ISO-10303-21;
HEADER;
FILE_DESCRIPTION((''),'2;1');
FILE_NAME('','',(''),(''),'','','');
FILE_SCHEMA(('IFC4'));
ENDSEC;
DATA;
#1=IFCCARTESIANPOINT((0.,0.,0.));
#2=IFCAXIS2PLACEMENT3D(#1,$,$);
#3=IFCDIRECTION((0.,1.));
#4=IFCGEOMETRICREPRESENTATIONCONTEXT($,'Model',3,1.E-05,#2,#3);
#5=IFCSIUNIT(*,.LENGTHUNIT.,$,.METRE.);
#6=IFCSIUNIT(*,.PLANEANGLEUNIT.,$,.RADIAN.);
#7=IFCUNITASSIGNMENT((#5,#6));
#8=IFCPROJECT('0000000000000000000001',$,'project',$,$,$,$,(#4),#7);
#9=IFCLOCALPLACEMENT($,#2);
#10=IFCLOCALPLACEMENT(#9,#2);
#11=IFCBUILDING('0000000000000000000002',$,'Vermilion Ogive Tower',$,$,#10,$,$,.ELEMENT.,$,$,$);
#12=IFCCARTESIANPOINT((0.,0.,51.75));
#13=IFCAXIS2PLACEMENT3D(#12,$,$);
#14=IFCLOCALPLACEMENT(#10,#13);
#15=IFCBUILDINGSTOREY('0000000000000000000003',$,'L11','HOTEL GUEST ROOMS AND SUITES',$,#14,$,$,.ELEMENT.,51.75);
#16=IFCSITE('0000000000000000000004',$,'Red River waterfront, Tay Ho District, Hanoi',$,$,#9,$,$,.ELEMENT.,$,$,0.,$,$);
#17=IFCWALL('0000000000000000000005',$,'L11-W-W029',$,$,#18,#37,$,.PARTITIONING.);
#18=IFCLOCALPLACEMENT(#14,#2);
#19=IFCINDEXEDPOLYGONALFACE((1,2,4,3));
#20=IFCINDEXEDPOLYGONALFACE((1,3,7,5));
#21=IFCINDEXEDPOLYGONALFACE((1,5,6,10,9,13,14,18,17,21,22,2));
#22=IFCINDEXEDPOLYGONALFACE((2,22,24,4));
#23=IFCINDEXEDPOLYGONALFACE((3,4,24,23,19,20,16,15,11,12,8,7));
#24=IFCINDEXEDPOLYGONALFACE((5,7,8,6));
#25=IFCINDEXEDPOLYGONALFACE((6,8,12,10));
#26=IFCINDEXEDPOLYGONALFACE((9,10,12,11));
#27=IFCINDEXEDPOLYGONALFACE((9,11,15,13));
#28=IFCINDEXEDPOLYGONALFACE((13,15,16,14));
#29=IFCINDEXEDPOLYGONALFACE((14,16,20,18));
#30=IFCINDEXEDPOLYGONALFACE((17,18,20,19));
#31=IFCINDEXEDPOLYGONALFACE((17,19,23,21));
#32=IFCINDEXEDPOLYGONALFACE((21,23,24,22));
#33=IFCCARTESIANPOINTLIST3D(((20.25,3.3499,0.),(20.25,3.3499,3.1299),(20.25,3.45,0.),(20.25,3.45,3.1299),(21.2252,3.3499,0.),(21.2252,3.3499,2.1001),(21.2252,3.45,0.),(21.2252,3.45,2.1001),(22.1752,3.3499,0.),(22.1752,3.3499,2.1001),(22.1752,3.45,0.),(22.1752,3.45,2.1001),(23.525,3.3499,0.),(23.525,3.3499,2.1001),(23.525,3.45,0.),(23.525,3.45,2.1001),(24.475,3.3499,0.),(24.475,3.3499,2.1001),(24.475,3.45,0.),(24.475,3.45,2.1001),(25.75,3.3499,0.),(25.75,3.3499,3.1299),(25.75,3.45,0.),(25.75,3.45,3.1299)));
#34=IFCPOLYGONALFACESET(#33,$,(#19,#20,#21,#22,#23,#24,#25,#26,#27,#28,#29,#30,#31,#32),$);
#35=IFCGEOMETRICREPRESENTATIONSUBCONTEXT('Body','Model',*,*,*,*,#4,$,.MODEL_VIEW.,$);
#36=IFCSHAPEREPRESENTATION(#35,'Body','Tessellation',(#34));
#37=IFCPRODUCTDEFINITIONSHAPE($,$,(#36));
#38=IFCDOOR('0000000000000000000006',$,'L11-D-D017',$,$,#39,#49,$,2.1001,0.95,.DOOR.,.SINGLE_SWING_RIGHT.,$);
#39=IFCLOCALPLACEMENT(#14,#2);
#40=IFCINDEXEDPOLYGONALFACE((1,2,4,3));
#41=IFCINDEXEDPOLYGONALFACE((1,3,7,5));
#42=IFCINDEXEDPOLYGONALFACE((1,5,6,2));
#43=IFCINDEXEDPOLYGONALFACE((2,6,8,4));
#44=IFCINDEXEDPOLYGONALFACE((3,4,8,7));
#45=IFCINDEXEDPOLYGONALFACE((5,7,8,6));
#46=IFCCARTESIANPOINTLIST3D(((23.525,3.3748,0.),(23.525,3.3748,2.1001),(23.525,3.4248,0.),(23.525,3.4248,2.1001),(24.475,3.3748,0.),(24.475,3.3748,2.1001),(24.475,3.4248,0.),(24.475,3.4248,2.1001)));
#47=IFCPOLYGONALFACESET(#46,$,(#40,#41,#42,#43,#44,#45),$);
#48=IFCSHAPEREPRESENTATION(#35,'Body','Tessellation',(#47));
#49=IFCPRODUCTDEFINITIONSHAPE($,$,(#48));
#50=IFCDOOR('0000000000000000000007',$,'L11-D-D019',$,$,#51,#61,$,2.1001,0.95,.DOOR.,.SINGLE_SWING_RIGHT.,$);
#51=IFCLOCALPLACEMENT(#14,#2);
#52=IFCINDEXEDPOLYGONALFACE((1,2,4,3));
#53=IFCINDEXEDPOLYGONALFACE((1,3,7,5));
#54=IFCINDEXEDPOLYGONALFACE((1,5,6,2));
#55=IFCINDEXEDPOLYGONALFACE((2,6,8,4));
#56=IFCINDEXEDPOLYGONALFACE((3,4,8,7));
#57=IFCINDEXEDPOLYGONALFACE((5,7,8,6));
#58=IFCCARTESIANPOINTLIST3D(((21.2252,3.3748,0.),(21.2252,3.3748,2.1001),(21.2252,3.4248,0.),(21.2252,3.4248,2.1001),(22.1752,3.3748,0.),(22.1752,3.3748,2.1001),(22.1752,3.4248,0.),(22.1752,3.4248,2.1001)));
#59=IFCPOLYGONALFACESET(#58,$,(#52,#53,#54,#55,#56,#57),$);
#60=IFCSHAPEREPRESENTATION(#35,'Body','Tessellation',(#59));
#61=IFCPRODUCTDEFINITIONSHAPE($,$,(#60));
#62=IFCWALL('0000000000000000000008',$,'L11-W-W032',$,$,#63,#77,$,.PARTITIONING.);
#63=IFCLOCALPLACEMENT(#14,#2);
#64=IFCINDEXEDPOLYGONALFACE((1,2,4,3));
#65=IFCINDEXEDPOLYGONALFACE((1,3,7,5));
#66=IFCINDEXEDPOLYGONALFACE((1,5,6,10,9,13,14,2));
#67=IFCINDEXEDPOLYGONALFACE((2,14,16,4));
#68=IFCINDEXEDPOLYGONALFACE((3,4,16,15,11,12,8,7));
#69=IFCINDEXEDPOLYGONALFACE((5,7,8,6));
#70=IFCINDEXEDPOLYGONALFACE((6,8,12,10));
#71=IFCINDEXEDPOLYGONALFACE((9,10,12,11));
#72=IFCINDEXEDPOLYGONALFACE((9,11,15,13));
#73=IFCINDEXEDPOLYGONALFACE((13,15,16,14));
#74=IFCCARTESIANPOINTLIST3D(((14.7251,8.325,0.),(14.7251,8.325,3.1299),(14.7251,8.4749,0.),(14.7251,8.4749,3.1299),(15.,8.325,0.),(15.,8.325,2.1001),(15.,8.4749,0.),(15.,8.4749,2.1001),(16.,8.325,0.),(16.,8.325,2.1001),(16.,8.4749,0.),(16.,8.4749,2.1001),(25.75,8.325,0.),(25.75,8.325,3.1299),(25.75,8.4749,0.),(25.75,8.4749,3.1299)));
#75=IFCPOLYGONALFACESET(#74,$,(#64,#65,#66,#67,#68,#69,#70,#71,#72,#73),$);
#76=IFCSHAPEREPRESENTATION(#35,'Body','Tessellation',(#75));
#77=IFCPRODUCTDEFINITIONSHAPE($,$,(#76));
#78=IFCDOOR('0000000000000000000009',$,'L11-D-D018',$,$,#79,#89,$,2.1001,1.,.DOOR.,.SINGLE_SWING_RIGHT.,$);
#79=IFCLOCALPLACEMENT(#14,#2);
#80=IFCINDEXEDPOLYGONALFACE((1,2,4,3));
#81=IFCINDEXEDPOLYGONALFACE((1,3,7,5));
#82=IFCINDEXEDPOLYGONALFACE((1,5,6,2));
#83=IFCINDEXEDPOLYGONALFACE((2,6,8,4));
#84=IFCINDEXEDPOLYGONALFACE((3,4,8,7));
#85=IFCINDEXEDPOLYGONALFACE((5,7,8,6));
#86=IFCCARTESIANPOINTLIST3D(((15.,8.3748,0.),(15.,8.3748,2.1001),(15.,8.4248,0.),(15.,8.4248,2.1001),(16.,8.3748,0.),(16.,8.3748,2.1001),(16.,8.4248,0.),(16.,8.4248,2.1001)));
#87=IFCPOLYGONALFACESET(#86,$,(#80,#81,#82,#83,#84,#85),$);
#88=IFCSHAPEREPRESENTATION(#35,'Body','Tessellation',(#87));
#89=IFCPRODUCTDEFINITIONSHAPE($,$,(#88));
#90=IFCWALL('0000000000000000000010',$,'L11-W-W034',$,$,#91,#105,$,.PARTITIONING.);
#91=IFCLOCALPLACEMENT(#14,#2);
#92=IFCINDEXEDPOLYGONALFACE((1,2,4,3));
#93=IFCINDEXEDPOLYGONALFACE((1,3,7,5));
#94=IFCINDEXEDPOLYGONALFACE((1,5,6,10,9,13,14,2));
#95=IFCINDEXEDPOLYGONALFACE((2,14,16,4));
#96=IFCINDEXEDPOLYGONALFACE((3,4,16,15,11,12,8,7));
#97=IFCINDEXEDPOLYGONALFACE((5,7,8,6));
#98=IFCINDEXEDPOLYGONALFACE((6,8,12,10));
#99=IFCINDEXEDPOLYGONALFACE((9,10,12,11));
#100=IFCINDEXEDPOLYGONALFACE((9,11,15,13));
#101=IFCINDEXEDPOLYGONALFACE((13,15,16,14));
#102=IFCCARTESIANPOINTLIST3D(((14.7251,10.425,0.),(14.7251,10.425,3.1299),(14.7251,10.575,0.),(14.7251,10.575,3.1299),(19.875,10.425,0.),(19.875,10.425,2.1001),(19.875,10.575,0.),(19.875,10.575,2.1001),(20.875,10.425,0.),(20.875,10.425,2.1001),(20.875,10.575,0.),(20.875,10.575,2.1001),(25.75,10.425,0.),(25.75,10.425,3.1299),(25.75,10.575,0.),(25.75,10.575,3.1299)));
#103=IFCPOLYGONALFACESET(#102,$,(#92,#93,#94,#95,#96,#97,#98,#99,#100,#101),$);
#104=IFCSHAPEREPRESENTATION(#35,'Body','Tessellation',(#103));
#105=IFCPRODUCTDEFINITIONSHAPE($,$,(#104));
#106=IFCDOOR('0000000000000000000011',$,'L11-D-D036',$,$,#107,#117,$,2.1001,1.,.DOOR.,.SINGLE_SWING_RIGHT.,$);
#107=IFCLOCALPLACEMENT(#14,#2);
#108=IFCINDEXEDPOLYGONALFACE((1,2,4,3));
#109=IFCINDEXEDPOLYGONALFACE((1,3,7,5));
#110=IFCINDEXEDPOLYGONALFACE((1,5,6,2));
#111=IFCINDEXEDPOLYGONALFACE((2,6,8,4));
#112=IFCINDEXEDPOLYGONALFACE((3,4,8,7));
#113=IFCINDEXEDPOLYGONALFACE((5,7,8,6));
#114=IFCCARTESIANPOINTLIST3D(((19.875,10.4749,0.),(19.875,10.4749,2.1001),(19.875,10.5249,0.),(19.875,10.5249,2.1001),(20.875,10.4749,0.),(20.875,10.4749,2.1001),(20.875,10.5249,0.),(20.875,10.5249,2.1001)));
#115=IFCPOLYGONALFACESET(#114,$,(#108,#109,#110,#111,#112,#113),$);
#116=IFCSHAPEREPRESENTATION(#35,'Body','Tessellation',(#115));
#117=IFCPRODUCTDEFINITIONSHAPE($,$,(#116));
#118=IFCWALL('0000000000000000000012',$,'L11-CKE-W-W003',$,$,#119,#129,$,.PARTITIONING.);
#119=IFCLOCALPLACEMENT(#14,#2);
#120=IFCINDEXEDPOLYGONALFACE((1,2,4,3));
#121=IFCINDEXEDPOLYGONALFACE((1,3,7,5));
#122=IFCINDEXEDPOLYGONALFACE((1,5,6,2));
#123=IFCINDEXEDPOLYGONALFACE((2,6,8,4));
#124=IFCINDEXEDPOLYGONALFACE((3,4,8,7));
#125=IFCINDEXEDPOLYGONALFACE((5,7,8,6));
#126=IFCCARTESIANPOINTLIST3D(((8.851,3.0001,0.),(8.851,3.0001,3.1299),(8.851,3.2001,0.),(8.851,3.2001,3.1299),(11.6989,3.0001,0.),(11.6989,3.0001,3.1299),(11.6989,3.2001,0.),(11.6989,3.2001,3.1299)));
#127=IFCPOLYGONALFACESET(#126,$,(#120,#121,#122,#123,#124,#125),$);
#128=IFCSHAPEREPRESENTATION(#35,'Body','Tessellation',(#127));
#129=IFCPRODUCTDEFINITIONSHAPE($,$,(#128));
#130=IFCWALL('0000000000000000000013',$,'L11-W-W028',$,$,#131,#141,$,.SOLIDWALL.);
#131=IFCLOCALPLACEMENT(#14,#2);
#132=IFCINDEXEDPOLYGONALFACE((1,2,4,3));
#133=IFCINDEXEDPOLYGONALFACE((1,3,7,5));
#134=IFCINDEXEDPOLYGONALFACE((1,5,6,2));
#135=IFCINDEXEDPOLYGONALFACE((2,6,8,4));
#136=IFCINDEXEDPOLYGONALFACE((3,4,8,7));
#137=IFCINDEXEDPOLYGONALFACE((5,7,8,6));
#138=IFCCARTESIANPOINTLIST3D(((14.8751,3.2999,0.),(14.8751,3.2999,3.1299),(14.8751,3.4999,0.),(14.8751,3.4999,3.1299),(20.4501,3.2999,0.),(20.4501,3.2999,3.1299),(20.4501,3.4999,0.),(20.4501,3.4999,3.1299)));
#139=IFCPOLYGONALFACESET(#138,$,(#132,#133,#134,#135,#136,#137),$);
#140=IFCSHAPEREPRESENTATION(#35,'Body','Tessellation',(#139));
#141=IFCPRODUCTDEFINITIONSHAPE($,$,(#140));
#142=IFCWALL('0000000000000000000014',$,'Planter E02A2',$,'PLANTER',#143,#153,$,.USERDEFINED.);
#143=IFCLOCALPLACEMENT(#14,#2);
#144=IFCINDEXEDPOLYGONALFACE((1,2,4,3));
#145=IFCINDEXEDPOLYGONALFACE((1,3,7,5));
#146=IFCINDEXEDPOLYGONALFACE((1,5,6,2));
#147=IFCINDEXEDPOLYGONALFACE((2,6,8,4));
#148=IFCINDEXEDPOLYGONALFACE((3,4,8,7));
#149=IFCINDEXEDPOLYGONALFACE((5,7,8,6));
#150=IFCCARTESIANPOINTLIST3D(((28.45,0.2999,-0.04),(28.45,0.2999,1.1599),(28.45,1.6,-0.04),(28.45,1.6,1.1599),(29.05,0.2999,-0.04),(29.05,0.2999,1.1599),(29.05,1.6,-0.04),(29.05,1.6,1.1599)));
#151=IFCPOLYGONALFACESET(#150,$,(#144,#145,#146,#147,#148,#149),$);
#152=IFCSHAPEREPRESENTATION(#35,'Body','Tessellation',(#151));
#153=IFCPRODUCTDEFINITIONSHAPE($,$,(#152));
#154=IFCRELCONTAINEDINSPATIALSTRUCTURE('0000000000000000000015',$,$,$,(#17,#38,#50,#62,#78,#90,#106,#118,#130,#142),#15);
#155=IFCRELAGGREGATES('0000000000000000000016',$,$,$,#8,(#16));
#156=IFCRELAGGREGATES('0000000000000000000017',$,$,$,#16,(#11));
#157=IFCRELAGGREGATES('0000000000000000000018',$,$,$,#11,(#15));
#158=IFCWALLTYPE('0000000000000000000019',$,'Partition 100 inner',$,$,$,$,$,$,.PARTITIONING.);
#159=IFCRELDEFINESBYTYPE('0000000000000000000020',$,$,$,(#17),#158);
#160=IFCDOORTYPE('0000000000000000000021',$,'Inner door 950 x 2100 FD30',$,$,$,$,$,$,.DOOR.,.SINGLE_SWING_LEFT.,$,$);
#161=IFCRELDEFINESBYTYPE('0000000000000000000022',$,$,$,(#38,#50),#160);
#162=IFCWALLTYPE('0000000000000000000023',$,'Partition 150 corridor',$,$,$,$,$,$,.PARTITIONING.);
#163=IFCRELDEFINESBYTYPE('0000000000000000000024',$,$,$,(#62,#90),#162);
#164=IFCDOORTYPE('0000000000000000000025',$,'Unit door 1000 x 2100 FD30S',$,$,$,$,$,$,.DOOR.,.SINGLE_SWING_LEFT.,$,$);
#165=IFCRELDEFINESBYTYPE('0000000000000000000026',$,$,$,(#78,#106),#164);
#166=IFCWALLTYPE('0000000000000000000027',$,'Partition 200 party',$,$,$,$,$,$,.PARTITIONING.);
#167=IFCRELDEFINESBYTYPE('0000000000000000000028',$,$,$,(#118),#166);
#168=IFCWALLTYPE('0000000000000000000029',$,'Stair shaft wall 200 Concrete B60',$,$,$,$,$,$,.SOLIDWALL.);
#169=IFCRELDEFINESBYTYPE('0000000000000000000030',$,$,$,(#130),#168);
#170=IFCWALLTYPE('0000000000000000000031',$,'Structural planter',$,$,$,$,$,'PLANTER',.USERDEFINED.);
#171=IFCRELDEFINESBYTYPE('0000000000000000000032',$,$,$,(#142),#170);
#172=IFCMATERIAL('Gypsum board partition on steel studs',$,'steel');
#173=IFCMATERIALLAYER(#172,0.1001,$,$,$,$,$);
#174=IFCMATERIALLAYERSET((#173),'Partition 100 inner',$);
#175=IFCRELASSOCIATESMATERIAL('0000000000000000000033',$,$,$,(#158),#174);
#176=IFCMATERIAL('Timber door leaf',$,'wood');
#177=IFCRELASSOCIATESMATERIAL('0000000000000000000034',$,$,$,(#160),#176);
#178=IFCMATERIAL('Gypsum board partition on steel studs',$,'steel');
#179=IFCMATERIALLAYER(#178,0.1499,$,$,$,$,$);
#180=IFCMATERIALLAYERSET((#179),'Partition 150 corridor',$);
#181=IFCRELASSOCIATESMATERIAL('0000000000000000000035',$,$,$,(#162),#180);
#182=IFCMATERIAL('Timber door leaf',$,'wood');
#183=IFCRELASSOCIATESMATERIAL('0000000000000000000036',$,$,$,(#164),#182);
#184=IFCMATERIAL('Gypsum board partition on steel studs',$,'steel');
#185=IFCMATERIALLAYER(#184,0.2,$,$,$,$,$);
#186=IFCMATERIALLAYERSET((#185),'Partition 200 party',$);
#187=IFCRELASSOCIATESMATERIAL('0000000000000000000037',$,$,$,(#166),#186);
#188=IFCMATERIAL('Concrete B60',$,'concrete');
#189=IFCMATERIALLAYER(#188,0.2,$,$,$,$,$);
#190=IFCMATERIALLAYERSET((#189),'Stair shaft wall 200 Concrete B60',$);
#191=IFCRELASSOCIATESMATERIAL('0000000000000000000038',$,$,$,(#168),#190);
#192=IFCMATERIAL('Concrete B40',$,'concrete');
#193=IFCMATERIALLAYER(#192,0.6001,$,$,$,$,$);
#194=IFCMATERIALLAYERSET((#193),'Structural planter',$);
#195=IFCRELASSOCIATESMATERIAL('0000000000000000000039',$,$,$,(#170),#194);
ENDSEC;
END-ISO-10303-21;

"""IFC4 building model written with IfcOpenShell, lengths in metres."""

from ifc_helpers import new_model, si_unit, direction, frame, frame_2d, origin, place, context, subcontext, project, spatial, rectangle, extrude, material, layer, layer_set, type_object, element, fill, save


model = new_model("IFC4")

# Units and contexts
model_context = context("Model", 3, precision=1e-05, world=origin(), true_north=direction((0.0, 1.0)))
body_context = subcontext(model_context, "Body", "Model", "MODEL_VIEW")
ifc_project = project(units=[si_unit("LENGTHUNIT", "METRE"), si_unit("PLANEANGLEUNIT", "RADIAN")], contexts=[model_context])

# Site, building, storey
site_placement = place(None, origin())
site = spatial("IfcSite", under=ifc_project, at=site_placement, Name="Red River waterfront, Tay Ho District, Hanoi", CompositionType="ELEMENT", RefElevation=0.0)
building_placement = place(site_placement, origin())
building = spatial("IfcBuilding", under=site, at=building_placement, Name="Vermilion Ogive Tower", CompositionType="ELEMENT")
storey_placement = place(building_placement, frame((0.0, 0.0, 51.75)))
storey = spatial("IfcBuildingStorey", under=building, at=storey_placement, Name="L11", Description="HOTEL GUEST ROOMS AND SUITES", CompositionType="ELEMENT", Elevation=51.75)

# Wall, openings, doors
ifc_material_1 = material(Name="Gypsum board partition on steel studs", Category="steel")
ifc_layer_1 = layer(ifc_material_1, 0.1001)
ifc_layer_set_1 = layer_set([ifc_layer_1], Name="Partition 100 inner")
wall_type_1 = type_object("IfcWallType", Name="Partition 100 inner", PredefinedType="PARTITIONING", material=ifc_layer_set_1)
wall_1_placement = place(storey_placement, frame((20.25, 3.3999, 0.0), z_axis=(0.0, 0.0, 1.0), x_axis=(1.0, 0.0, 0.0)))
wall_1 = element("IfcWall", 1, at=wall_1_placement, inside=storey, type_object=wall_type_1, Name="L11-W-W029", PredefinedType="PARTITIONING", context=body_context, shape_type="SweptSolid", body=[
    extrude(rectangle(XDim=5.5, YDim=0.1001, at=frame_2d((2.75, 0.0))), origin(), (0.0, 0.0, 1.0), 3.1299),
])
opening_1_placement = place(wall_1_placement, frame((3.2749, 0.0, 0.0)))
opening_1 = element("IfcOpeningElement", 2, at=opening_1_placement, cuts=wall_1, PredefinedType="OPENING", context=body_context, shape_type="SweptSolid", body=[
    extrude(rectangle(XDim=0.95, YDim=2.1001, at=frame_2d((0.4751, 1.05))), frame((0.0, 0.0601, 0.0), z_axis=(0.0, -1.0, 0.0), x_axis=(1.0, 0.0, 0.0)), (0.0, 0.0, 1.0), 0.1201),
])
opening_2_placement = place(wall_1_placement, frame((0.9751, 0.0, 0.0)))
opening_2 = element("IfcOpeningElement", 3, at=opening_2_placement, cuts=wall_1, PredefinedType="OPENING", context=body_context, shape_type="SweptSolid", body=[
    extrude(rectangle(XDim=0.95, YDim=2.1001, at=frame_2d((0.4751, 1.05))), frame((0.0, 0.0601, 0.0), z_axis=(0.0, -1.0, 0.0), x_axis=(1.0, 0.0, 0.0)), (0.0, 0.0, 1.0), 0.1201),
])
ifc_material_2 = material(Name="Timber door leaf", Category="wood")
door_type_1 = type_object("IfcDoorType", Name="Inner door 950 x 2100 FD30", OperationType="SINGLE_SWING_LEFT", PredefinedType="DOOR", material=ifc_material_2)
door_1_placement = place(opening_1_placement, origin())
door_1 = element("IfcDoor", 4, at=door_1_placement, inside=storey, type_object=door_type_1, Name="L11-D-D017", OperationType="SINGLE_SWING_RIGHT", OverallHeight=2.1001, OverallWidth=0.95, PredefinedType="DOOR", context=body_context, shape_type="SweptSolid", body=[
    extrude(rectangle(XDim=0.95, YDim=2.1001, at=frame_2d((0.4751, 1.05))), frame((0.0, 0.0249, 0.0), z_axis=(0.0, -1.0, 0.0), x_axis=(1.0, 0.0, 0.0)), (0.0, 0.0, 1.0), 0.05),
])
fill(opening_1, door_1)
door_2_placement = place(opening_2_placement, origin())
door_2 = element("IfcDoor", 5, at=door_2_placement, inside=storey, type_object=door_type_1, Name="L11-D-D019", OperationType="SINGLE_SWING_RIGHT", OverallHeight=2.1001, OverallWidth=0.95, PredefinedType="DOOR", context=body_context, shape_type="SweptSolid", body=[
    extrude(rectangle(XDim=0.95, YDim=2.1001, at=frame_2d((0.4751, 1.05))), frame((0.0, 0.0249, 0.0), z_axis=(0.0, -1.0, 0.0), x_axis=(1.0, 0.0, 0.0)), (0.0, 0.0, 1.0), 0.05),
])
fill(opening_2, door_2)

# Walls, openings, doors
ifc_material_3 = material(Name="Gypsum board partition on steel studs", Category="steel")
ifc_layer_2 = layer(ifc_material_3, 0.1499)
ifc_layer_set_2 = layer_set([ifc_layer_2], Name="Partition 150 corridor")
wall_type_2 = type_object("IfcWallType", Name="Partition 150 corridor", PredefinedType="PARTITIONING", material=ifc_layer_set_2)
wall_2_placement = place(storey_placement, frame((14.7251, 8.3999, 0.0), z_axis=(0.0, 0.0, 1.0), x_axis=(1.0, 0.0, 0.0)))
wall_2 = element("IfcWall", 6, at=wall_2_placement, inside=storey, type_object=wall_type_2, Name="L11-W-W032", PredefinedType="PARTITIONING", context=body_context, shape_type="SweptSolid", body=[
    extrude(rectangle(XDim=11.0249, YDim=0.1499, at=frame_2d((5.5125, 0.0))), origin(), (0.0, 0.0, 1.0), 3.1299),
])
opening_3_placement = place(wall_2_placement, frame((0.2749, 0.0, 0.0)))
opening_3 = element("IfcOpeningElement", 7, at=opening_3_placement, cuts=wall_2, PredefinedType="OPENING", context=body_context, shape_type="SweptSolid", body=[
    extrude(rectangle(XDim=1.0, YDim=2.1001, at=frame_2d((0.5, 1.05))), frame((0.0, 0.085, 0.0), z_axis=(0.0, -1.0, 0.0), x_axis=(1.0, 0.0, 0.0)), (0.0, 0.0, 1.0), 0.1699),
])
ifc_material_4 = material(Name="Timber door leaf", Category="wood")
door_type_2 = type_object("IfcDoorType", Name="Unit door 1000 x 2100 FD30S", OperationType="SINGLE_SWING_LEFT", PredefinedType="DOOR", material=ifc_material_4)
door_3_placement = place(opening_3_placement, origin())
door_3 = element("IfcDoor", 8, at=door_3_placement, inside=storey, type_object=door_type_2, Name="L11-D-D018", OperationType="SINGLE_SWING_RIGHT", OverallHeight=2.1001, OverallWidth=1.0, PredefinedType="DOOR", context=body_context, shape_type="SweptSolid", body=[
    extrude(rectangle(XDim=1.0, YDim=2.1001, at=frame_2d((0.5, 1.05))), frame((0.0, 0.0249, 0.0), z_axis=(0.0, -1.0, 0.0), x_axis=(1.0, 0.0, 0.0)), (0.0, 0.0, 1.0), 0.05),
])
fill(opening_3, door_3)
wall_3_placement = place(storey_placement, frame((14.7251, 10.5, 0.0), z_axis=(0.0, 0.0, 1.0), x_axis=(1.0, 0.0, 0.0)))
wall_3 = element("IfcWall", 9, at=wall_3_placement, inside=storey, type_object=wall_type_2, Name="L11-W-W034", PredefinedType="PARTITIONING", context=body_context, shape_type="SweptSolid", body=[
    extrude(rectangle(XDim=11.0249, YDim=0.1499, at=frame_2d((5.5125, 0.0))), origin(), (0.0, 0.0, 1.0), 3.1299),
])
opening_4_placement = place(wall_3_placement, frame((5.1499, 0.0, 0.0)))
opening_4 = element("IfcOpeningElement", 10, at=opening_4_placement, cuts=wall_3, PredefinedType="OPENING", context=body_context, shape_type="SweptSolid", body=[
    extrude(rectangle(XDim=1.0, YDim=2.1001, at=frame_2d((0.5, 1.05))), frame((0.0, 0.085, 0.0), z_axis=(0.0, -1.0, 0.0), x_axis=(1.0, 0.0, 0.0)), (0.0, 0.0, 1.0), 0.1699),
])
door_4_placement = place(opening_4_placement, origin())
door_4 = element("IfcDoor", 11, at=door_4_placement, inside=storey, type_object=door_type_2, Name="L11-D-D036", OperationType="SINGLE_SWING_RIGHT", OverallHeight=2.1001, OverallWidth=1.0, PredefinedType="DOOR", context=body_context, shape_type="SweptSolid", body=[
    extrude(rectangle(XDim=1.0, YDim=2.1001, at=frame_2d((0.5, 1.05))), frame((0.0, 0.0249, 0.0), z_axis=(0.0, -1.0, 0.0), x_axis=(1.0, 0.0, 0.0)), (0.0, 0.0, 1.0), 0.05),
])
fill(opening_4, door_4)

# Walls
ifc_material_5 = material(Name="Gypsum board partition on steel studs", Category="steel")
ifc_layer_3 = layer(ifc_material_5, 0.2)
ifc_layer_set_3 = layer_set([ifc_layer_3], Name="Partition 200 party")
wall_type_3 = type_object("IfcWallType", Name="Partition 200 party", PredefinedType="PARTITIONING", material=ifc_layer_set_3)
wall_4_placement = place(storey_placement, frame((8.8511, 3.1001, 0.0), z_axis=(0.0, 0.0, 1.0), x_axis=(1.0, 0.0, 0.0)))
element("IfcWall", 12, at=wall_4_placement, inside=storey, type_object=wall_type_3, Name="L11-CKE-W-W003", PredefinedType="PARTITIONING", context=body_context, shape_type="SweptSolid", body=[
    extrude(rectangle(XDim=2.8479, YDim=0.2, at=frame_2d((1.4238, 0.0))), origin(), (0.0, 0.0, 1.0), 3.1299),
])
ifc_material_6 = material(Name="Concrete B60", Category="concrete")
ifc_layer_4 = layer(ifc_material_6, 0.2)
ifc_layer_set_4 = layer_set([ifc_layer_4], Name="Stair shaft wall 200 Concrete B60")
wall_type_4 = type_object("IfcWallType", Name="Stair shaft wall 200 Concrete B60", PredefinedType="SOLIDWALL", material=ifc_layer_set_4)
wall_5_placement = place(storey_placement, frame((14.875, 3.3999, 0.0), z_axis=(0.0, 0.0, 1.0), x_axis=(1.0, 0.0, 0.0)))
element("IfcWall", 13, at=wall_5_placement, inside=storey, type_object=wall_type_4, Name="L11-W-W028", PredefinedType="SOLIDWALL", context=body_context, shape_type="SweptSolid", body=[
    extrude(rectangle(XDim=5.575, YDim=0.2, at=frame_2d((2.7876, 0.0))), origin(), (0.0, 0.0, 1.0), 3.1299),
])
ifc_material_7 = material(Name="Concrete B40", Category="concrete")
ifc_layer_5 = layer(ifc_material_7, 0.6001)
ifc_layer_set_5 = layer_set([ifc_layer_5], Name="Structural planter")
wall_type_5 = type_object("IfcWallType", Name="Structural planter", ElementType="PLANTER", PredefinedType="USERDEFINED", material=ifc_layer_set_5)
wall_6_placement = place(storey_placement, frame((28.75, 0.3, -0.04), z_axis=(0.0, 0.0, 1.0), x_axis=(0.0, 1.0, 0.0)))
element("IfcWall", 14, at=wall_6_placement, inside=storey, type_object=wall_type_5, Name="Planter E02A2", ObjectType="PLANTER", PredefinedType="USERDEFINED", context=body_context, shape_type="SweptSolid", body=[
    extrude(rectangle(XDim=1.3, YDim=0.6001, at=frame_2d((0.6499, 0.0))), origin(), (0.0, 0.0, 1.0), 1.2),
])

save(model, "model.ifc")
